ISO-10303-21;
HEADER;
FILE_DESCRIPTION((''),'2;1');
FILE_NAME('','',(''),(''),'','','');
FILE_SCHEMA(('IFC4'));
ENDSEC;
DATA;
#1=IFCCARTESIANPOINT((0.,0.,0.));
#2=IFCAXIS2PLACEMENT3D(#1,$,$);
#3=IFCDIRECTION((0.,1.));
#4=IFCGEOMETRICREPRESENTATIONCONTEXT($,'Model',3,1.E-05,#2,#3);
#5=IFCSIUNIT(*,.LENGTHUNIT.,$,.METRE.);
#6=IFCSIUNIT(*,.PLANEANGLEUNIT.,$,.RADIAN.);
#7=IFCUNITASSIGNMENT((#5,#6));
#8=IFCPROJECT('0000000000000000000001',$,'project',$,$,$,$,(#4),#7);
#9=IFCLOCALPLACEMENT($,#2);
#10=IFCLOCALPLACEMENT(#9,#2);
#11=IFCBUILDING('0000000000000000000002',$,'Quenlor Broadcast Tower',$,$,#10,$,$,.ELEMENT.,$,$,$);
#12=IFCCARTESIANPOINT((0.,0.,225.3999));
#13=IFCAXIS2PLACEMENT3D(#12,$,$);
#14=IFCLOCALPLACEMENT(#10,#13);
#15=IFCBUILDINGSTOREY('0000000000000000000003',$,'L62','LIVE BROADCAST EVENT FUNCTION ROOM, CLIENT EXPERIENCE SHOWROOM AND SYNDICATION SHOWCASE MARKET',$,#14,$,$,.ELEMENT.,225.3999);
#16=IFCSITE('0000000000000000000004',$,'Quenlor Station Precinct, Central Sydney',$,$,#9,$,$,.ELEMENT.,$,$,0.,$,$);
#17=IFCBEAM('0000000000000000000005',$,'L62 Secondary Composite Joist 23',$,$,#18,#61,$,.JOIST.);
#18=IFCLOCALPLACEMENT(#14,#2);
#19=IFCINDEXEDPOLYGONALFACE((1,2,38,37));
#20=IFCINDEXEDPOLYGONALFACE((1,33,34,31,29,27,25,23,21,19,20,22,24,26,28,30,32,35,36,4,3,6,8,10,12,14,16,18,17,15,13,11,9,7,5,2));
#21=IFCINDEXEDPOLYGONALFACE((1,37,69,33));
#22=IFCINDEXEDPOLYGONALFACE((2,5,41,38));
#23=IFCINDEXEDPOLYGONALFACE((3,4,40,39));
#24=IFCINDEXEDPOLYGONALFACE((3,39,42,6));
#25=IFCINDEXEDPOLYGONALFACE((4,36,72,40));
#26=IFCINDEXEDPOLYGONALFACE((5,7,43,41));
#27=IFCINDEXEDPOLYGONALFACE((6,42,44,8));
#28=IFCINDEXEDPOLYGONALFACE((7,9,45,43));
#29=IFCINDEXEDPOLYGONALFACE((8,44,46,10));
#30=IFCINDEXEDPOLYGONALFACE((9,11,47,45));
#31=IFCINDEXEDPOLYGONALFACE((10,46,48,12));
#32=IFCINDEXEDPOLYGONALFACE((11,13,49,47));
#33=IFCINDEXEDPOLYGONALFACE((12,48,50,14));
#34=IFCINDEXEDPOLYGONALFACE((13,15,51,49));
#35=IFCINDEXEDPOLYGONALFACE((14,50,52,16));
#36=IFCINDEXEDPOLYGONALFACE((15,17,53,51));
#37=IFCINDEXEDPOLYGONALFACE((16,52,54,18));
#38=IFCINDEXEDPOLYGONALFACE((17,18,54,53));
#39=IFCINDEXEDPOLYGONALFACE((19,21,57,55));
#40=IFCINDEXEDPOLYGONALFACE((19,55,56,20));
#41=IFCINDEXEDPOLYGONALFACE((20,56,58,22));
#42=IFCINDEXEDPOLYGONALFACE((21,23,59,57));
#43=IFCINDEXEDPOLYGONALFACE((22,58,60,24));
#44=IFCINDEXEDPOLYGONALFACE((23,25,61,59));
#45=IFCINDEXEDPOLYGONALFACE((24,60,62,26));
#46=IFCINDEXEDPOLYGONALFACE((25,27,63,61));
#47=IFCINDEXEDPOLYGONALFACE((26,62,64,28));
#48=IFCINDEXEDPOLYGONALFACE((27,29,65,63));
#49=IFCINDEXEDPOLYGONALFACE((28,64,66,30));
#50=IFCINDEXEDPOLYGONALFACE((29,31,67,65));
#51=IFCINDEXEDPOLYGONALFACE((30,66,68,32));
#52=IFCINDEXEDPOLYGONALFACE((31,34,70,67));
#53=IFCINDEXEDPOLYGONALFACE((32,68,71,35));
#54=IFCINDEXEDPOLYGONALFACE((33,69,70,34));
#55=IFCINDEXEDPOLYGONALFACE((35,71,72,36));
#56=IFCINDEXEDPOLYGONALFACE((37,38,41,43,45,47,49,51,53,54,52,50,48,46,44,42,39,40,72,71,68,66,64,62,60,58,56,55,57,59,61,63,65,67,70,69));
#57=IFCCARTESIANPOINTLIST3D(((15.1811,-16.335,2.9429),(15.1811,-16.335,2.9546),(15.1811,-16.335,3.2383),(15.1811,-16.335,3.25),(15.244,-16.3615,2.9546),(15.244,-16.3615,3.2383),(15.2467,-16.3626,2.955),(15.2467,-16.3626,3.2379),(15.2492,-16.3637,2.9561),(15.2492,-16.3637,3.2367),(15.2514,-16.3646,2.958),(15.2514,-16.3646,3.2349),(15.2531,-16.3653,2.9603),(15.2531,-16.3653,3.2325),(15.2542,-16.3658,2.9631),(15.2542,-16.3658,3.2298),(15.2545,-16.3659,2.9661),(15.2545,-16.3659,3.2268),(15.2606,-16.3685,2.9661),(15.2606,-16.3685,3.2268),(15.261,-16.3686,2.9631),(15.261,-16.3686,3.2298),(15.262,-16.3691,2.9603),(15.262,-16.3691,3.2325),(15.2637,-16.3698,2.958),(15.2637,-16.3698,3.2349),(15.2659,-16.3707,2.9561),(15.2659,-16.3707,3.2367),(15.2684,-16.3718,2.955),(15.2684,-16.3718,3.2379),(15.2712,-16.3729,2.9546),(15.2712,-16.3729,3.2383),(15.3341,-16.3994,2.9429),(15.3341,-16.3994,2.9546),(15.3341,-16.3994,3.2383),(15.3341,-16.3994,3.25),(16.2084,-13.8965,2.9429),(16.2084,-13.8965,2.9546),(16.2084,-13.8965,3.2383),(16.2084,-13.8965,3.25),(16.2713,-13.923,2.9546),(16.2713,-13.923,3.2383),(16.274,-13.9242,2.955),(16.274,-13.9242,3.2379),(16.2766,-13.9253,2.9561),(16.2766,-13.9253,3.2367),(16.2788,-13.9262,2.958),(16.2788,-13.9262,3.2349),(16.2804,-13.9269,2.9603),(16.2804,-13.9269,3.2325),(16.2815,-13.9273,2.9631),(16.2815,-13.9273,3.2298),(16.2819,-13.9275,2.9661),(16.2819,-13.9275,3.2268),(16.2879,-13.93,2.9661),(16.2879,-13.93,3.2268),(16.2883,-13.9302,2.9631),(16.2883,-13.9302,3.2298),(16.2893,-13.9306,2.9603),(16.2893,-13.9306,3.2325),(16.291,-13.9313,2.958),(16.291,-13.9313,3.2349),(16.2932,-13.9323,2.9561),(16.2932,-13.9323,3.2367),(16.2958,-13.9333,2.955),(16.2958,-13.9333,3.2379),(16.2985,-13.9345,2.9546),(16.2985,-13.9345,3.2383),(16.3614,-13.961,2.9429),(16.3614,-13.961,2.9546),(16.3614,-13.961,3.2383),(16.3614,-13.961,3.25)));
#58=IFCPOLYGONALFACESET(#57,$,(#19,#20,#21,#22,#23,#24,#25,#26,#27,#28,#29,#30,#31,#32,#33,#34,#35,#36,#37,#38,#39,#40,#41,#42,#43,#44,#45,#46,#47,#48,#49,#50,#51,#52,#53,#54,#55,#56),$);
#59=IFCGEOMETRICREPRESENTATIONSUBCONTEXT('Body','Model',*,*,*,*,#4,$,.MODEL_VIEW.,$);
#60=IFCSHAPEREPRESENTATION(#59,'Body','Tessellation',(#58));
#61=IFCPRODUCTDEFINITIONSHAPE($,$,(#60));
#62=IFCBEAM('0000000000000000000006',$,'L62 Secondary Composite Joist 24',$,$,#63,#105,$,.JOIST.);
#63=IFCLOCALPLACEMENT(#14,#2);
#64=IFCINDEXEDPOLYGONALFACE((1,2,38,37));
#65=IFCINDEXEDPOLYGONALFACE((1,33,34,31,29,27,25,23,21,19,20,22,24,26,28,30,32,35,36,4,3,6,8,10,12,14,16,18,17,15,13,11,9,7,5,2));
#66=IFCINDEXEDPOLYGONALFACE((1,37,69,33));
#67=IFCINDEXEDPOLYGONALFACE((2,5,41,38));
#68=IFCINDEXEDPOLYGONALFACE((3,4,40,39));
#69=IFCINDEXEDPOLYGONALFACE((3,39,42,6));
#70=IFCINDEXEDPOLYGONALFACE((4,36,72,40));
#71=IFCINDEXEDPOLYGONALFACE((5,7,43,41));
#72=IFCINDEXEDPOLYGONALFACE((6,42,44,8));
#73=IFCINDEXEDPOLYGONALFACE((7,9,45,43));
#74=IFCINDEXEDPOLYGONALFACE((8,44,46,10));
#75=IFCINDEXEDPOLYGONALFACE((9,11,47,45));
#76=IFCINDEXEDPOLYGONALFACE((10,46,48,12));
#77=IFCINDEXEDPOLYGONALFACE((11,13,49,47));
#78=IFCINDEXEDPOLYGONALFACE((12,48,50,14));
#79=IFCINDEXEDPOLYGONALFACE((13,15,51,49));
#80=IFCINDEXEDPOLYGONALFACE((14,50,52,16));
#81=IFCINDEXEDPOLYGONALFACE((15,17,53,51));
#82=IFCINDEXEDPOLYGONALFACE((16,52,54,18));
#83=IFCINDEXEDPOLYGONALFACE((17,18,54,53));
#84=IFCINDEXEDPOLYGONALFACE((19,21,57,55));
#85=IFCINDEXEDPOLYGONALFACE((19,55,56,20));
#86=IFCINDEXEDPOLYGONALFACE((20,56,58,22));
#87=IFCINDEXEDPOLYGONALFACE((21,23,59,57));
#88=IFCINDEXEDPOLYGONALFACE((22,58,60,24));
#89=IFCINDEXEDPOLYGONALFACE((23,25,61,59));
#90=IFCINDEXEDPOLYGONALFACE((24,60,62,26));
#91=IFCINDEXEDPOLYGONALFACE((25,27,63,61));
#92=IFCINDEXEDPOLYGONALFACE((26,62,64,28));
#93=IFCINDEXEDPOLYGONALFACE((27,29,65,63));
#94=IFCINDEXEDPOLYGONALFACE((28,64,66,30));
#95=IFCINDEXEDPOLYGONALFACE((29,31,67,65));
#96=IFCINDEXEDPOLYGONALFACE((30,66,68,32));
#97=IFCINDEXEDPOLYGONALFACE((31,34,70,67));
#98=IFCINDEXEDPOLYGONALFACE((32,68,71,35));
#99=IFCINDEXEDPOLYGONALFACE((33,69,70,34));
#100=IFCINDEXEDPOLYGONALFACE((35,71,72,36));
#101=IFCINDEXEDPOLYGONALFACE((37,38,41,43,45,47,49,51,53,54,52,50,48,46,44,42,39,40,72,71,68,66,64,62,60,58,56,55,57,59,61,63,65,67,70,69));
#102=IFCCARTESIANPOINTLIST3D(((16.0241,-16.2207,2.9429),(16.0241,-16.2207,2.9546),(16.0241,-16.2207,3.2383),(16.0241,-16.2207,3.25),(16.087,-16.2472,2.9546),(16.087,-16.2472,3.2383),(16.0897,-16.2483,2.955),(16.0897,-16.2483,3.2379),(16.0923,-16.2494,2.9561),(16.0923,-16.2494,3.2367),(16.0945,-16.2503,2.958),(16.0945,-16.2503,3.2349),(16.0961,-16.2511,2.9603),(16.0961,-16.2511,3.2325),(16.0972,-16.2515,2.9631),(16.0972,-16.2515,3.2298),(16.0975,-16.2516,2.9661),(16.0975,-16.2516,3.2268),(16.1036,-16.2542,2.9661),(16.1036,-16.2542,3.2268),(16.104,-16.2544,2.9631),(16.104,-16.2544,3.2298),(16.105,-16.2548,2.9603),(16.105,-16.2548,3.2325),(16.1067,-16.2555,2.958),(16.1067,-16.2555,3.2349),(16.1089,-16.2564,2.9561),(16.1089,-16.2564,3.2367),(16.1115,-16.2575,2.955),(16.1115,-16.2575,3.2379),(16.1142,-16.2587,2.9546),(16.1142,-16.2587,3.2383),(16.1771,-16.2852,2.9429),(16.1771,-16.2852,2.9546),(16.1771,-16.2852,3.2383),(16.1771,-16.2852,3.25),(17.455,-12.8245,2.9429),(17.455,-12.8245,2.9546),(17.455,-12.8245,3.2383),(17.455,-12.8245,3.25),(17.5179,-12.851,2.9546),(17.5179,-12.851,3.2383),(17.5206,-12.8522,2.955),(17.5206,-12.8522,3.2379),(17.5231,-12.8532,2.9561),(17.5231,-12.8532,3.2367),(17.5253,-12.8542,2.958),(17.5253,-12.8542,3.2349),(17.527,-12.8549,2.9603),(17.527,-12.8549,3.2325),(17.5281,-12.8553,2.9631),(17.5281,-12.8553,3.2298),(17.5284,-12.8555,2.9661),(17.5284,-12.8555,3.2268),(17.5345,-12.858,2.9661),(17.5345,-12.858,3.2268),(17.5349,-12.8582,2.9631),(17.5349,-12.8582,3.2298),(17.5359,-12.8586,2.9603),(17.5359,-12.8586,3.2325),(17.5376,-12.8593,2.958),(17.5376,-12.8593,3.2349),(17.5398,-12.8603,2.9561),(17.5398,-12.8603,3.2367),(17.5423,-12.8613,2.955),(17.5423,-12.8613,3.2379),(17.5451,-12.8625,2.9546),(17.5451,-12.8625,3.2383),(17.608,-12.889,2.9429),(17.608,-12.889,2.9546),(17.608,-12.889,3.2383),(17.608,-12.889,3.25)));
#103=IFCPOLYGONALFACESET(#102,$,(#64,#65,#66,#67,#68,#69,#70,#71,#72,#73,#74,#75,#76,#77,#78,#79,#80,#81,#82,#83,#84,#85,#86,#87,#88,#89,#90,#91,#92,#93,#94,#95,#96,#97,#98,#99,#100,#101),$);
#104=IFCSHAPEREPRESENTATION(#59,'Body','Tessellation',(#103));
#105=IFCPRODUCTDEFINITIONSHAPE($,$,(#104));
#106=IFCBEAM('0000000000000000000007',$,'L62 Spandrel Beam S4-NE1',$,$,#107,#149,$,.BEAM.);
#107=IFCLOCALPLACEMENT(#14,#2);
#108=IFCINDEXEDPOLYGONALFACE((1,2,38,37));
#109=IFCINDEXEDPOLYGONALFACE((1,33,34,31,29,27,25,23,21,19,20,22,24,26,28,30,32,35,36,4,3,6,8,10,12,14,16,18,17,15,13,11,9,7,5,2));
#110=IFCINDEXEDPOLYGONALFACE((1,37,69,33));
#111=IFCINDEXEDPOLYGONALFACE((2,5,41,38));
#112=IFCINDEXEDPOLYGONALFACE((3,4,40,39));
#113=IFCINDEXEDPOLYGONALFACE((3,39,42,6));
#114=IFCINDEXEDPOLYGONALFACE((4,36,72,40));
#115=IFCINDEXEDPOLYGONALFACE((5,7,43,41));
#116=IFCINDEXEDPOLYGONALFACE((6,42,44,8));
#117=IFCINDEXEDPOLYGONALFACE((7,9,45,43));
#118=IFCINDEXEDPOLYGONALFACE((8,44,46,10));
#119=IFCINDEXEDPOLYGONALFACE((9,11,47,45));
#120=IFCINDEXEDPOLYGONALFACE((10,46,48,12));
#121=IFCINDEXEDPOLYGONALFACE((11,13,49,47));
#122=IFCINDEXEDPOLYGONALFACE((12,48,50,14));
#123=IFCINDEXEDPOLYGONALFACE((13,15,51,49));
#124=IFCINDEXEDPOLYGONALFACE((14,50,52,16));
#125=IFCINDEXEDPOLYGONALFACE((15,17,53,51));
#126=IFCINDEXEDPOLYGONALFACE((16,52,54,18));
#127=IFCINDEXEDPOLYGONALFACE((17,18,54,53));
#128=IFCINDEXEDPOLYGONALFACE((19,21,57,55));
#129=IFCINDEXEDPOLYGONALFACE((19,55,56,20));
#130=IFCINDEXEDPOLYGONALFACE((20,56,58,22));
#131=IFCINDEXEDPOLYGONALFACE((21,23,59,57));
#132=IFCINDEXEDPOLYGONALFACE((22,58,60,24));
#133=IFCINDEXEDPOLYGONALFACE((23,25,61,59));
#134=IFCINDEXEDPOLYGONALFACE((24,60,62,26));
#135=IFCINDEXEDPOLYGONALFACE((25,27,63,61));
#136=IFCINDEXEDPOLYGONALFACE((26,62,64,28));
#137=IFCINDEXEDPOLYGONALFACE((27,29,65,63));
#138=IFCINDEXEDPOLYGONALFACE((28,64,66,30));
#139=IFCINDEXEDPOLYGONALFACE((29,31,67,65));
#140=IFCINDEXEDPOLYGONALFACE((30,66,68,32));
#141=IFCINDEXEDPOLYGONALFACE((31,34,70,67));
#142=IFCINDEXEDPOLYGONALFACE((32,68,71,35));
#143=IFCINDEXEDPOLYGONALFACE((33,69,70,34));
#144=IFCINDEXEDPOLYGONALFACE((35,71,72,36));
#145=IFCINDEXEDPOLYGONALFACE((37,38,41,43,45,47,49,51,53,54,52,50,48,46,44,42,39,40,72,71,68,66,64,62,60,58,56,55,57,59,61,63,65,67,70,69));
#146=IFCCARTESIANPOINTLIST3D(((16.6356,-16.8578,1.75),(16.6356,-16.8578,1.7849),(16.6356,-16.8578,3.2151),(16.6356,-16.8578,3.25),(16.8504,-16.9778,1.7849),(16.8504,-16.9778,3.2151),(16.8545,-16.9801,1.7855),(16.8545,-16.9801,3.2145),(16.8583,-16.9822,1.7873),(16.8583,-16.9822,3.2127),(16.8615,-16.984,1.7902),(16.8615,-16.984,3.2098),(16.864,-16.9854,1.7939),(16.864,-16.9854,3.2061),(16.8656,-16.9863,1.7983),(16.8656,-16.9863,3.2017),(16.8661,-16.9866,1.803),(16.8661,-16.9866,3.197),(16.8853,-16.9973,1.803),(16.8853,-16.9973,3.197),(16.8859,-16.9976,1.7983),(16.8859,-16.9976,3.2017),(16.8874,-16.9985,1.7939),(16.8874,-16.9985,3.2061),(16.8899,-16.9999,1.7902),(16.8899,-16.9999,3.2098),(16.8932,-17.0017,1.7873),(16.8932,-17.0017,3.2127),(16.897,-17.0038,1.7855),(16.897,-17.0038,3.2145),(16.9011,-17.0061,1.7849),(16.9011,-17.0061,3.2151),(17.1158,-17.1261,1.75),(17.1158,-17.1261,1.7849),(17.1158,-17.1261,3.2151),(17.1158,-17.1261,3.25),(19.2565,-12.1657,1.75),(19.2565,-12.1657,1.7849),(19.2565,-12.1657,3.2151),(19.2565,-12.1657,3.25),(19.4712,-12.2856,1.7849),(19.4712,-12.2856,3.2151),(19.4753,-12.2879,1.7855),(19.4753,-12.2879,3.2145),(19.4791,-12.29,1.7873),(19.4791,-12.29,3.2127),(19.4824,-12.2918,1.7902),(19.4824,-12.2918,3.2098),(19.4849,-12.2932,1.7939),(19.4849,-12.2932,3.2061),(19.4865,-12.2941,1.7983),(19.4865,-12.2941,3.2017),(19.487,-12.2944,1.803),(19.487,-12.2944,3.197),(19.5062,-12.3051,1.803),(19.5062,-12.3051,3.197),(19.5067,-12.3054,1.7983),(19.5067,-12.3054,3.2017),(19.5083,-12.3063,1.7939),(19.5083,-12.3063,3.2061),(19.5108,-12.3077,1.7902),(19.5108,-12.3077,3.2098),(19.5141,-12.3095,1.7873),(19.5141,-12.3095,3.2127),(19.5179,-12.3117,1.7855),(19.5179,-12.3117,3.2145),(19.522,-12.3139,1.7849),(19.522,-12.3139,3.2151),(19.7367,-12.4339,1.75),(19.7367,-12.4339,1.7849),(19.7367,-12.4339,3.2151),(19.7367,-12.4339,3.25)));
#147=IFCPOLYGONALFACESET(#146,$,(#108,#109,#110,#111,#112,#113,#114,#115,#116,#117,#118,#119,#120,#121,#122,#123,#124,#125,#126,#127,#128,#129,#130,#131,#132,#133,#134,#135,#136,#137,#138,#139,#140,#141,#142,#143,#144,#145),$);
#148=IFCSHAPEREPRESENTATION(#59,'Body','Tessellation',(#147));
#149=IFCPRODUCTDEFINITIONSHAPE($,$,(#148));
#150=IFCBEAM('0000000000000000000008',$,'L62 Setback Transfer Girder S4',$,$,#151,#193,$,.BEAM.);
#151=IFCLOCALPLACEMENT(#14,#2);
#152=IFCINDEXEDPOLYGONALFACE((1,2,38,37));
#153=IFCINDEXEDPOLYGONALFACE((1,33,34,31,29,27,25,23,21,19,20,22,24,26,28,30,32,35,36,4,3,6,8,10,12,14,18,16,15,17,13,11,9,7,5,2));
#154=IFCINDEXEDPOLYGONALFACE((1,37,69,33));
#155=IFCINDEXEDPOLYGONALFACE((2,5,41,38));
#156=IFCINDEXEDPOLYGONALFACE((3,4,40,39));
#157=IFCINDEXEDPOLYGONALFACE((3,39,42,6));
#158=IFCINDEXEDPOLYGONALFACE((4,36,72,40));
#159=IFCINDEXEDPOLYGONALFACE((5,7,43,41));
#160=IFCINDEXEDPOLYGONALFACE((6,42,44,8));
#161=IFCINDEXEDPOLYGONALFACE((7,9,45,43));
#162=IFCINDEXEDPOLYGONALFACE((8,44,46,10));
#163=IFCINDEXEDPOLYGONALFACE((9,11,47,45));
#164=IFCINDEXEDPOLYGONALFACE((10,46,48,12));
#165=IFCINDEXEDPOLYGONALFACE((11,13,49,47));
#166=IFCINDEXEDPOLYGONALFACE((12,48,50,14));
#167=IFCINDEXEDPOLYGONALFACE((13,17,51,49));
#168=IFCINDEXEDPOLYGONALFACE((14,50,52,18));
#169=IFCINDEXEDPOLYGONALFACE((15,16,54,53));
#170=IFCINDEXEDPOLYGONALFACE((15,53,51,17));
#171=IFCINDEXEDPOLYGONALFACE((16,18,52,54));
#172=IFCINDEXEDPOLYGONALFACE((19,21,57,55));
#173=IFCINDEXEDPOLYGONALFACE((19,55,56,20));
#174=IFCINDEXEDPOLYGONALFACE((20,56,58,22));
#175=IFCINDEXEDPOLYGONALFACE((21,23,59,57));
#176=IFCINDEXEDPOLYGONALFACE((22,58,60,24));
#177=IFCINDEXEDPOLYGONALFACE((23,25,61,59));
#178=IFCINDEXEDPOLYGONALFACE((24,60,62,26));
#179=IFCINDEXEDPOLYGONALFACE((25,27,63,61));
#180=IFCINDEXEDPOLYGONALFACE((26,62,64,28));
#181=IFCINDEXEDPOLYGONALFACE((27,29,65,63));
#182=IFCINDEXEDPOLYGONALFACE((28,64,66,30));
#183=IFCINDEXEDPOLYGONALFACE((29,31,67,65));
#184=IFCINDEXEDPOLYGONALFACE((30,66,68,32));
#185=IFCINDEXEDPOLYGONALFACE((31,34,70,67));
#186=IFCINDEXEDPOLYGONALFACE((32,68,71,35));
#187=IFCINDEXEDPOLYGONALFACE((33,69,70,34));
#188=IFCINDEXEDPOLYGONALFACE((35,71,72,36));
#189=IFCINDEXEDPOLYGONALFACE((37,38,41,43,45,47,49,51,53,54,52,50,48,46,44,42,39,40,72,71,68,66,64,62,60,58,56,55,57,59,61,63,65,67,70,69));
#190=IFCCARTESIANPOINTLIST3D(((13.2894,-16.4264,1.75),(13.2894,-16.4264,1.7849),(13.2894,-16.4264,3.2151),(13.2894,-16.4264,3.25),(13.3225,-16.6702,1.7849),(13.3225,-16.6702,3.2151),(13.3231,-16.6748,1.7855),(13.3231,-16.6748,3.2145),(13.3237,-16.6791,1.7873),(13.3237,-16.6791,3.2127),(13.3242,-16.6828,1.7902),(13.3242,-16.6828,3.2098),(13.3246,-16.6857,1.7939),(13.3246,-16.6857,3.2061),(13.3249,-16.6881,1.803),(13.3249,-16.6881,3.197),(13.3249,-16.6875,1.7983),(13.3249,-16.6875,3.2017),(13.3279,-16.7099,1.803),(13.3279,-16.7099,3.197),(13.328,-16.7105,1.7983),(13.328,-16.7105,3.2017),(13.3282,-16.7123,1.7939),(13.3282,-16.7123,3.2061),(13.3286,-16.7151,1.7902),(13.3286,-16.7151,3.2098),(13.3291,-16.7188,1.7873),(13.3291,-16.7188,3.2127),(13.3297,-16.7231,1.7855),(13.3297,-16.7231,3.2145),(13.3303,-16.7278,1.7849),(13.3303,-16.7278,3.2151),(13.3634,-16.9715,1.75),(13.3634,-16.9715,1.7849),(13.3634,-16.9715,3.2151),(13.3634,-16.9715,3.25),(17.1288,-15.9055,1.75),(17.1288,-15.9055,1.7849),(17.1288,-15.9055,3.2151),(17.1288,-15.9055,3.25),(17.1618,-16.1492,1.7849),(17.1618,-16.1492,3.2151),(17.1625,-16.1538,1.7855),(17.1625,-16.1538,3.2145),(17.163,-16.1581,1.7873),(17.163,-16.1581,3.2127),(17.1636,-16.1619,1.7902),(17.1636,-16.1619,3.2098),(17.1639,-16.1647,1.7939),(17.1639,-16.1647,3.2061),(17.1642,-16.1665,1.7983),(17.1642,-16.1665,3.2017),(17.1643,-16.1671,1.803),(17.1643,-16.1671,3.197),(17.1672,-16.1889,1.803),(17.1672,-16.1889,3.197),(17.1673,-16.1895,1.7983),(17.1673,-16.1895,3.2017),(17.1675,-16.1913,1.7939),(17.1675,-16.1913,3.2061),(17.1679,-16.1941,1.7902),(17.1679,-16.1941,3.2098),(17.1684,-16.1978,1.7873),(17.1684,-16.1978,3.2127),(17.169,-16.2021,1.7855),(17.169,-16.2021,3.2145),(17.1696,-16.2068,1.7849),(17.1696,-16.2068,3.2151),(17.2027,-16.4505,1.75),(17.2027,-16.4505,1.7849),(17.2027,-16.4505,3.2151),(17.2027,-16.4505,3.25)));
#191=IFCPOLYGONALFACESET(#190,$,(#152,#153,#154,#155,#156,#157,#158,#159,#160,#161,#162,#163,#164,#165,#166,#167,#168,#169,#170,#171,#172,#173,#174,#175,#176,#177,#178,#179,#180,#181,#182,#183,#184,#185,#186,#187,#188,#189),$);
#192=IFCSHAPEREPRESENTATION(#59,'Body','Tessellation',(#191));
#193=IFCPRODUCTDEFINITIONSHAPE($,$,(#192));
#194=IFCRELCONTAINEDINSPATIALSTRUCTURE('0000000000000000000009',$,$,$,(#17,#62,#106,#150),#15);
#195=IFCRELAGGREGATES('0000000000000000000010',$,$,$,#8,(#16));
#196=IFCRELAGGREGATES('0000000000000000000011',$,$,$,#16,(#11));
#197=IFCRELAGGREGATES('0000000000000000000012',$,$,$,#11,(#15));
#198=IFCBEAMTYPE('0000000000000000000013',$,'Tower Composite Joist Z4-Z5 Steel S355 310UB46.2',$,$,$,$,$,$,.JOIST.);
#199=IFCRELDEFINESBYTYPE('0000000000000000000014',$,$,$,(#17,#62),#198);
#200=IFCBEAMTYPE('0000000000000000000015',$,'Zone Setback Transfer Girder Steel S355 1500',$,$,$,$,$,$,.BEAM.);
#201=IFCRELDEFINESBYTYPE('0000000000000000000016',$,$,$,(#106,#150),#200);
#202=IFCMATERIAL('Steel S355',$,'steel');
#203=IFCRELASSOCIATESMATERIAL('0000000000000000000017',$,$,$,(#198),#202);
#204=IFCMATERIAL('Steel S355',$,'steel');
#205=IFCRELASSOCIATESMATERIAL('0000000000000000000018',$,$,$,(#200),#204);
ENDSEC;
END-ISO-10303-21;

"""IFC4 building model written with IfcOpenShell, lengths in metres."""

from ifc_helpers import new_model, si_unit, direction, frame, origin, origin_2d, place, context, subcontext, project, spatial, i_section, extrude, material, material_profile, profile_set, type_object, element, save


model = new_model("IFC4")

# Units and contexts
model_context = context("Model", 3, precision=1e-05, world=origin(), true_north=direction((0.0, 1.0)))
body_context = subcontext(model_context, "Body", "Model", "MODEL_VIEW")
ifc_project = project(units=[si_unit("LENGTHUNIT", "METRE"), si_unit("PLANEANGLEUNIT", "RADIAN")], contexts=[model_context])

# Site, building, storey
site_placement = place(None, origin())
site = spatial("IfcSite", under=ifc_project, at=site_placement, Name="Quenlor Station Precinct, Central Sydney", CompositionType="ELEMENT", RefElevation=0.0)
building_placement = place(site_placement, origin())
building = spatial("IfcBuilding", under=site, at=building_placement, Name="Quenlor Broadcast Tower", CompositionType="ELEMENT")
storey_placement = place(building_placement, frame((0.0, 0.0, 225.3999)))
storey = spatial("IfcBuildingStorey", under=building, at=storey_placement, Name="L62", Description="LIVE BROADCAST EVENT FUNCTION ROOM, CLIENT EXPERIENCE SHOWROOM AND SYNDICATION SHOWCASE MARKET", CompositionType="ELEMENT", Elevation=225.3999)

# Beams
ifc_material_1 = material(Name="Steel S355", Category="steel")
ifc_material_profile_1 = material_profile(ifc_material_1, i_section(OverallWidth=0.166, OverallDepth=0.3071, WebThickness=0.0066, FlangeThickness=0.0117, FilletRadius=0.0115, at=origin_2d()))
ifc_profile_set_1 = profile_set([ifc_material_profile_1], Name="Steel S355 310UB46.2")
beam_type_1 = type_object("IfcBeamType", Name="Tower Composite Joist Z4-Z5 Steel S355 310UB46.2", PredefinedType="JOIST", material=ifc_profile_set_1)
beam_1_placement = place(storey_placement, frame((15.2576, -16.3672, 3.0964), z_axis=(0.388255, 0.921552, 0.0), x_axis=(-0.921552, 0.388255, 0.0)))
element("IfcBeam", 1, at=beam_1_placement, inside=storey, type_object=beam_type_1, Name="L62 Secondary Composite Joist 23", PredefinedType="JOIST", context=body_context, shape_type="SweptSolid", body=[
    extrude(i_section(OverallWidth=0.166, OverallDepth=0.3071, WebThickness=0.0066, FlangeThickness=0.0117, FilletRadius=0.0115, at=origin_2d()), origin(), (0.0, 0.0, 1.0), 2.646),
])
beam_2_placement = place(storey_placement, frame((16.1006, -16.2529, 3.0964), z_axis=(0.388267, 0.921547, 0.0), x_axis=(-0.921547, 0.388267, 0.0)))
element("IfcBeam", 2, at=beam_2_placement, inside=storey, type_object=beam_type_1, Name="L62 Secondary Composite Joist 24", PredefinedType="JOIST", context=body_context, shape_type="SweptSolid", body=[
    extrude(i_section(OverallWidth=0.166, OverallDepth=0.3071, WebThickness=0.0066, FlangeThickness=0.0117, FilletRadius=0.0115, at=origin_2d()), origin(), (0.0, 0.0, 1.0), 3.6853),
])
ifc_material_2 = material(Name="Steel S355", Category="steel")
ifc_material_profile_2 = material_profile(ifc_material_2, i_section(OverallWidth=0.55, OverallDepth=1.5, WebThickness=0.022, FlangeThickness=0.0349, FilletRadius=0.0181, at=origin_2d()))
ifc_profile_set_2 = profile_set([ifc_material_profile_2], Name="Steel S355 1500TG510")
beam_type_2 = type_object("IfcBeamType", Name="Zone Setback Transfer Girder Steel S355 1500", PredefinedType="BEAM", material=ifc_profile_set_2)
beam_3_placement = place(storey_placement, frame((16.8757, -16.9919, 2.5), z_axis=(0.487647, 0.873041, 0.0), x_axis=(-0.873041, 0.487647, 0.0)))
element("IfcBeam", 3, at=beam_3_placement, inside=storey, type_object=beam_type_2, Name="L62 Spandrel Beam S4-NE1", PredefinedType="BEAM", context=body_context, shape_type="SweptSolid", body=[
    extrude(i_section(OverallWidth=0.55, OverallDepth=1.5, WebThickness=0.022, FlangeThickness=0.0349, FilletRadius=0.0181, at=origin_2d()), origin(), (0.0, 0.0, 1.0), 5.3745),
])
beam_4_placement = place(storey_placement, frame((13.3264, -16.699, 2.5), z_axis=(0.990918, 0.134466, 0.0), x_axis=(-0.134466, 0.990918, 0.0)))
element("IfcBeam", 4, at=beam_4_placement, inside=storey, type_object=beam_type_2, Name="L62 Setback Transfer Girder S4", PredefinedType="BEAM", context=body_context, shape_type="SweptSolid", body=[
    extrude(i_section(OverallWidth=0.55, OverallDepth=1.5, WebThickness=0.022, FlangeThickness=0.0349, FilletRadius=0.0181, at=origin_2d()), origin(), (0.0, 0.0, 1.0), 3.8745),
])

save(model, "model.ifc")
